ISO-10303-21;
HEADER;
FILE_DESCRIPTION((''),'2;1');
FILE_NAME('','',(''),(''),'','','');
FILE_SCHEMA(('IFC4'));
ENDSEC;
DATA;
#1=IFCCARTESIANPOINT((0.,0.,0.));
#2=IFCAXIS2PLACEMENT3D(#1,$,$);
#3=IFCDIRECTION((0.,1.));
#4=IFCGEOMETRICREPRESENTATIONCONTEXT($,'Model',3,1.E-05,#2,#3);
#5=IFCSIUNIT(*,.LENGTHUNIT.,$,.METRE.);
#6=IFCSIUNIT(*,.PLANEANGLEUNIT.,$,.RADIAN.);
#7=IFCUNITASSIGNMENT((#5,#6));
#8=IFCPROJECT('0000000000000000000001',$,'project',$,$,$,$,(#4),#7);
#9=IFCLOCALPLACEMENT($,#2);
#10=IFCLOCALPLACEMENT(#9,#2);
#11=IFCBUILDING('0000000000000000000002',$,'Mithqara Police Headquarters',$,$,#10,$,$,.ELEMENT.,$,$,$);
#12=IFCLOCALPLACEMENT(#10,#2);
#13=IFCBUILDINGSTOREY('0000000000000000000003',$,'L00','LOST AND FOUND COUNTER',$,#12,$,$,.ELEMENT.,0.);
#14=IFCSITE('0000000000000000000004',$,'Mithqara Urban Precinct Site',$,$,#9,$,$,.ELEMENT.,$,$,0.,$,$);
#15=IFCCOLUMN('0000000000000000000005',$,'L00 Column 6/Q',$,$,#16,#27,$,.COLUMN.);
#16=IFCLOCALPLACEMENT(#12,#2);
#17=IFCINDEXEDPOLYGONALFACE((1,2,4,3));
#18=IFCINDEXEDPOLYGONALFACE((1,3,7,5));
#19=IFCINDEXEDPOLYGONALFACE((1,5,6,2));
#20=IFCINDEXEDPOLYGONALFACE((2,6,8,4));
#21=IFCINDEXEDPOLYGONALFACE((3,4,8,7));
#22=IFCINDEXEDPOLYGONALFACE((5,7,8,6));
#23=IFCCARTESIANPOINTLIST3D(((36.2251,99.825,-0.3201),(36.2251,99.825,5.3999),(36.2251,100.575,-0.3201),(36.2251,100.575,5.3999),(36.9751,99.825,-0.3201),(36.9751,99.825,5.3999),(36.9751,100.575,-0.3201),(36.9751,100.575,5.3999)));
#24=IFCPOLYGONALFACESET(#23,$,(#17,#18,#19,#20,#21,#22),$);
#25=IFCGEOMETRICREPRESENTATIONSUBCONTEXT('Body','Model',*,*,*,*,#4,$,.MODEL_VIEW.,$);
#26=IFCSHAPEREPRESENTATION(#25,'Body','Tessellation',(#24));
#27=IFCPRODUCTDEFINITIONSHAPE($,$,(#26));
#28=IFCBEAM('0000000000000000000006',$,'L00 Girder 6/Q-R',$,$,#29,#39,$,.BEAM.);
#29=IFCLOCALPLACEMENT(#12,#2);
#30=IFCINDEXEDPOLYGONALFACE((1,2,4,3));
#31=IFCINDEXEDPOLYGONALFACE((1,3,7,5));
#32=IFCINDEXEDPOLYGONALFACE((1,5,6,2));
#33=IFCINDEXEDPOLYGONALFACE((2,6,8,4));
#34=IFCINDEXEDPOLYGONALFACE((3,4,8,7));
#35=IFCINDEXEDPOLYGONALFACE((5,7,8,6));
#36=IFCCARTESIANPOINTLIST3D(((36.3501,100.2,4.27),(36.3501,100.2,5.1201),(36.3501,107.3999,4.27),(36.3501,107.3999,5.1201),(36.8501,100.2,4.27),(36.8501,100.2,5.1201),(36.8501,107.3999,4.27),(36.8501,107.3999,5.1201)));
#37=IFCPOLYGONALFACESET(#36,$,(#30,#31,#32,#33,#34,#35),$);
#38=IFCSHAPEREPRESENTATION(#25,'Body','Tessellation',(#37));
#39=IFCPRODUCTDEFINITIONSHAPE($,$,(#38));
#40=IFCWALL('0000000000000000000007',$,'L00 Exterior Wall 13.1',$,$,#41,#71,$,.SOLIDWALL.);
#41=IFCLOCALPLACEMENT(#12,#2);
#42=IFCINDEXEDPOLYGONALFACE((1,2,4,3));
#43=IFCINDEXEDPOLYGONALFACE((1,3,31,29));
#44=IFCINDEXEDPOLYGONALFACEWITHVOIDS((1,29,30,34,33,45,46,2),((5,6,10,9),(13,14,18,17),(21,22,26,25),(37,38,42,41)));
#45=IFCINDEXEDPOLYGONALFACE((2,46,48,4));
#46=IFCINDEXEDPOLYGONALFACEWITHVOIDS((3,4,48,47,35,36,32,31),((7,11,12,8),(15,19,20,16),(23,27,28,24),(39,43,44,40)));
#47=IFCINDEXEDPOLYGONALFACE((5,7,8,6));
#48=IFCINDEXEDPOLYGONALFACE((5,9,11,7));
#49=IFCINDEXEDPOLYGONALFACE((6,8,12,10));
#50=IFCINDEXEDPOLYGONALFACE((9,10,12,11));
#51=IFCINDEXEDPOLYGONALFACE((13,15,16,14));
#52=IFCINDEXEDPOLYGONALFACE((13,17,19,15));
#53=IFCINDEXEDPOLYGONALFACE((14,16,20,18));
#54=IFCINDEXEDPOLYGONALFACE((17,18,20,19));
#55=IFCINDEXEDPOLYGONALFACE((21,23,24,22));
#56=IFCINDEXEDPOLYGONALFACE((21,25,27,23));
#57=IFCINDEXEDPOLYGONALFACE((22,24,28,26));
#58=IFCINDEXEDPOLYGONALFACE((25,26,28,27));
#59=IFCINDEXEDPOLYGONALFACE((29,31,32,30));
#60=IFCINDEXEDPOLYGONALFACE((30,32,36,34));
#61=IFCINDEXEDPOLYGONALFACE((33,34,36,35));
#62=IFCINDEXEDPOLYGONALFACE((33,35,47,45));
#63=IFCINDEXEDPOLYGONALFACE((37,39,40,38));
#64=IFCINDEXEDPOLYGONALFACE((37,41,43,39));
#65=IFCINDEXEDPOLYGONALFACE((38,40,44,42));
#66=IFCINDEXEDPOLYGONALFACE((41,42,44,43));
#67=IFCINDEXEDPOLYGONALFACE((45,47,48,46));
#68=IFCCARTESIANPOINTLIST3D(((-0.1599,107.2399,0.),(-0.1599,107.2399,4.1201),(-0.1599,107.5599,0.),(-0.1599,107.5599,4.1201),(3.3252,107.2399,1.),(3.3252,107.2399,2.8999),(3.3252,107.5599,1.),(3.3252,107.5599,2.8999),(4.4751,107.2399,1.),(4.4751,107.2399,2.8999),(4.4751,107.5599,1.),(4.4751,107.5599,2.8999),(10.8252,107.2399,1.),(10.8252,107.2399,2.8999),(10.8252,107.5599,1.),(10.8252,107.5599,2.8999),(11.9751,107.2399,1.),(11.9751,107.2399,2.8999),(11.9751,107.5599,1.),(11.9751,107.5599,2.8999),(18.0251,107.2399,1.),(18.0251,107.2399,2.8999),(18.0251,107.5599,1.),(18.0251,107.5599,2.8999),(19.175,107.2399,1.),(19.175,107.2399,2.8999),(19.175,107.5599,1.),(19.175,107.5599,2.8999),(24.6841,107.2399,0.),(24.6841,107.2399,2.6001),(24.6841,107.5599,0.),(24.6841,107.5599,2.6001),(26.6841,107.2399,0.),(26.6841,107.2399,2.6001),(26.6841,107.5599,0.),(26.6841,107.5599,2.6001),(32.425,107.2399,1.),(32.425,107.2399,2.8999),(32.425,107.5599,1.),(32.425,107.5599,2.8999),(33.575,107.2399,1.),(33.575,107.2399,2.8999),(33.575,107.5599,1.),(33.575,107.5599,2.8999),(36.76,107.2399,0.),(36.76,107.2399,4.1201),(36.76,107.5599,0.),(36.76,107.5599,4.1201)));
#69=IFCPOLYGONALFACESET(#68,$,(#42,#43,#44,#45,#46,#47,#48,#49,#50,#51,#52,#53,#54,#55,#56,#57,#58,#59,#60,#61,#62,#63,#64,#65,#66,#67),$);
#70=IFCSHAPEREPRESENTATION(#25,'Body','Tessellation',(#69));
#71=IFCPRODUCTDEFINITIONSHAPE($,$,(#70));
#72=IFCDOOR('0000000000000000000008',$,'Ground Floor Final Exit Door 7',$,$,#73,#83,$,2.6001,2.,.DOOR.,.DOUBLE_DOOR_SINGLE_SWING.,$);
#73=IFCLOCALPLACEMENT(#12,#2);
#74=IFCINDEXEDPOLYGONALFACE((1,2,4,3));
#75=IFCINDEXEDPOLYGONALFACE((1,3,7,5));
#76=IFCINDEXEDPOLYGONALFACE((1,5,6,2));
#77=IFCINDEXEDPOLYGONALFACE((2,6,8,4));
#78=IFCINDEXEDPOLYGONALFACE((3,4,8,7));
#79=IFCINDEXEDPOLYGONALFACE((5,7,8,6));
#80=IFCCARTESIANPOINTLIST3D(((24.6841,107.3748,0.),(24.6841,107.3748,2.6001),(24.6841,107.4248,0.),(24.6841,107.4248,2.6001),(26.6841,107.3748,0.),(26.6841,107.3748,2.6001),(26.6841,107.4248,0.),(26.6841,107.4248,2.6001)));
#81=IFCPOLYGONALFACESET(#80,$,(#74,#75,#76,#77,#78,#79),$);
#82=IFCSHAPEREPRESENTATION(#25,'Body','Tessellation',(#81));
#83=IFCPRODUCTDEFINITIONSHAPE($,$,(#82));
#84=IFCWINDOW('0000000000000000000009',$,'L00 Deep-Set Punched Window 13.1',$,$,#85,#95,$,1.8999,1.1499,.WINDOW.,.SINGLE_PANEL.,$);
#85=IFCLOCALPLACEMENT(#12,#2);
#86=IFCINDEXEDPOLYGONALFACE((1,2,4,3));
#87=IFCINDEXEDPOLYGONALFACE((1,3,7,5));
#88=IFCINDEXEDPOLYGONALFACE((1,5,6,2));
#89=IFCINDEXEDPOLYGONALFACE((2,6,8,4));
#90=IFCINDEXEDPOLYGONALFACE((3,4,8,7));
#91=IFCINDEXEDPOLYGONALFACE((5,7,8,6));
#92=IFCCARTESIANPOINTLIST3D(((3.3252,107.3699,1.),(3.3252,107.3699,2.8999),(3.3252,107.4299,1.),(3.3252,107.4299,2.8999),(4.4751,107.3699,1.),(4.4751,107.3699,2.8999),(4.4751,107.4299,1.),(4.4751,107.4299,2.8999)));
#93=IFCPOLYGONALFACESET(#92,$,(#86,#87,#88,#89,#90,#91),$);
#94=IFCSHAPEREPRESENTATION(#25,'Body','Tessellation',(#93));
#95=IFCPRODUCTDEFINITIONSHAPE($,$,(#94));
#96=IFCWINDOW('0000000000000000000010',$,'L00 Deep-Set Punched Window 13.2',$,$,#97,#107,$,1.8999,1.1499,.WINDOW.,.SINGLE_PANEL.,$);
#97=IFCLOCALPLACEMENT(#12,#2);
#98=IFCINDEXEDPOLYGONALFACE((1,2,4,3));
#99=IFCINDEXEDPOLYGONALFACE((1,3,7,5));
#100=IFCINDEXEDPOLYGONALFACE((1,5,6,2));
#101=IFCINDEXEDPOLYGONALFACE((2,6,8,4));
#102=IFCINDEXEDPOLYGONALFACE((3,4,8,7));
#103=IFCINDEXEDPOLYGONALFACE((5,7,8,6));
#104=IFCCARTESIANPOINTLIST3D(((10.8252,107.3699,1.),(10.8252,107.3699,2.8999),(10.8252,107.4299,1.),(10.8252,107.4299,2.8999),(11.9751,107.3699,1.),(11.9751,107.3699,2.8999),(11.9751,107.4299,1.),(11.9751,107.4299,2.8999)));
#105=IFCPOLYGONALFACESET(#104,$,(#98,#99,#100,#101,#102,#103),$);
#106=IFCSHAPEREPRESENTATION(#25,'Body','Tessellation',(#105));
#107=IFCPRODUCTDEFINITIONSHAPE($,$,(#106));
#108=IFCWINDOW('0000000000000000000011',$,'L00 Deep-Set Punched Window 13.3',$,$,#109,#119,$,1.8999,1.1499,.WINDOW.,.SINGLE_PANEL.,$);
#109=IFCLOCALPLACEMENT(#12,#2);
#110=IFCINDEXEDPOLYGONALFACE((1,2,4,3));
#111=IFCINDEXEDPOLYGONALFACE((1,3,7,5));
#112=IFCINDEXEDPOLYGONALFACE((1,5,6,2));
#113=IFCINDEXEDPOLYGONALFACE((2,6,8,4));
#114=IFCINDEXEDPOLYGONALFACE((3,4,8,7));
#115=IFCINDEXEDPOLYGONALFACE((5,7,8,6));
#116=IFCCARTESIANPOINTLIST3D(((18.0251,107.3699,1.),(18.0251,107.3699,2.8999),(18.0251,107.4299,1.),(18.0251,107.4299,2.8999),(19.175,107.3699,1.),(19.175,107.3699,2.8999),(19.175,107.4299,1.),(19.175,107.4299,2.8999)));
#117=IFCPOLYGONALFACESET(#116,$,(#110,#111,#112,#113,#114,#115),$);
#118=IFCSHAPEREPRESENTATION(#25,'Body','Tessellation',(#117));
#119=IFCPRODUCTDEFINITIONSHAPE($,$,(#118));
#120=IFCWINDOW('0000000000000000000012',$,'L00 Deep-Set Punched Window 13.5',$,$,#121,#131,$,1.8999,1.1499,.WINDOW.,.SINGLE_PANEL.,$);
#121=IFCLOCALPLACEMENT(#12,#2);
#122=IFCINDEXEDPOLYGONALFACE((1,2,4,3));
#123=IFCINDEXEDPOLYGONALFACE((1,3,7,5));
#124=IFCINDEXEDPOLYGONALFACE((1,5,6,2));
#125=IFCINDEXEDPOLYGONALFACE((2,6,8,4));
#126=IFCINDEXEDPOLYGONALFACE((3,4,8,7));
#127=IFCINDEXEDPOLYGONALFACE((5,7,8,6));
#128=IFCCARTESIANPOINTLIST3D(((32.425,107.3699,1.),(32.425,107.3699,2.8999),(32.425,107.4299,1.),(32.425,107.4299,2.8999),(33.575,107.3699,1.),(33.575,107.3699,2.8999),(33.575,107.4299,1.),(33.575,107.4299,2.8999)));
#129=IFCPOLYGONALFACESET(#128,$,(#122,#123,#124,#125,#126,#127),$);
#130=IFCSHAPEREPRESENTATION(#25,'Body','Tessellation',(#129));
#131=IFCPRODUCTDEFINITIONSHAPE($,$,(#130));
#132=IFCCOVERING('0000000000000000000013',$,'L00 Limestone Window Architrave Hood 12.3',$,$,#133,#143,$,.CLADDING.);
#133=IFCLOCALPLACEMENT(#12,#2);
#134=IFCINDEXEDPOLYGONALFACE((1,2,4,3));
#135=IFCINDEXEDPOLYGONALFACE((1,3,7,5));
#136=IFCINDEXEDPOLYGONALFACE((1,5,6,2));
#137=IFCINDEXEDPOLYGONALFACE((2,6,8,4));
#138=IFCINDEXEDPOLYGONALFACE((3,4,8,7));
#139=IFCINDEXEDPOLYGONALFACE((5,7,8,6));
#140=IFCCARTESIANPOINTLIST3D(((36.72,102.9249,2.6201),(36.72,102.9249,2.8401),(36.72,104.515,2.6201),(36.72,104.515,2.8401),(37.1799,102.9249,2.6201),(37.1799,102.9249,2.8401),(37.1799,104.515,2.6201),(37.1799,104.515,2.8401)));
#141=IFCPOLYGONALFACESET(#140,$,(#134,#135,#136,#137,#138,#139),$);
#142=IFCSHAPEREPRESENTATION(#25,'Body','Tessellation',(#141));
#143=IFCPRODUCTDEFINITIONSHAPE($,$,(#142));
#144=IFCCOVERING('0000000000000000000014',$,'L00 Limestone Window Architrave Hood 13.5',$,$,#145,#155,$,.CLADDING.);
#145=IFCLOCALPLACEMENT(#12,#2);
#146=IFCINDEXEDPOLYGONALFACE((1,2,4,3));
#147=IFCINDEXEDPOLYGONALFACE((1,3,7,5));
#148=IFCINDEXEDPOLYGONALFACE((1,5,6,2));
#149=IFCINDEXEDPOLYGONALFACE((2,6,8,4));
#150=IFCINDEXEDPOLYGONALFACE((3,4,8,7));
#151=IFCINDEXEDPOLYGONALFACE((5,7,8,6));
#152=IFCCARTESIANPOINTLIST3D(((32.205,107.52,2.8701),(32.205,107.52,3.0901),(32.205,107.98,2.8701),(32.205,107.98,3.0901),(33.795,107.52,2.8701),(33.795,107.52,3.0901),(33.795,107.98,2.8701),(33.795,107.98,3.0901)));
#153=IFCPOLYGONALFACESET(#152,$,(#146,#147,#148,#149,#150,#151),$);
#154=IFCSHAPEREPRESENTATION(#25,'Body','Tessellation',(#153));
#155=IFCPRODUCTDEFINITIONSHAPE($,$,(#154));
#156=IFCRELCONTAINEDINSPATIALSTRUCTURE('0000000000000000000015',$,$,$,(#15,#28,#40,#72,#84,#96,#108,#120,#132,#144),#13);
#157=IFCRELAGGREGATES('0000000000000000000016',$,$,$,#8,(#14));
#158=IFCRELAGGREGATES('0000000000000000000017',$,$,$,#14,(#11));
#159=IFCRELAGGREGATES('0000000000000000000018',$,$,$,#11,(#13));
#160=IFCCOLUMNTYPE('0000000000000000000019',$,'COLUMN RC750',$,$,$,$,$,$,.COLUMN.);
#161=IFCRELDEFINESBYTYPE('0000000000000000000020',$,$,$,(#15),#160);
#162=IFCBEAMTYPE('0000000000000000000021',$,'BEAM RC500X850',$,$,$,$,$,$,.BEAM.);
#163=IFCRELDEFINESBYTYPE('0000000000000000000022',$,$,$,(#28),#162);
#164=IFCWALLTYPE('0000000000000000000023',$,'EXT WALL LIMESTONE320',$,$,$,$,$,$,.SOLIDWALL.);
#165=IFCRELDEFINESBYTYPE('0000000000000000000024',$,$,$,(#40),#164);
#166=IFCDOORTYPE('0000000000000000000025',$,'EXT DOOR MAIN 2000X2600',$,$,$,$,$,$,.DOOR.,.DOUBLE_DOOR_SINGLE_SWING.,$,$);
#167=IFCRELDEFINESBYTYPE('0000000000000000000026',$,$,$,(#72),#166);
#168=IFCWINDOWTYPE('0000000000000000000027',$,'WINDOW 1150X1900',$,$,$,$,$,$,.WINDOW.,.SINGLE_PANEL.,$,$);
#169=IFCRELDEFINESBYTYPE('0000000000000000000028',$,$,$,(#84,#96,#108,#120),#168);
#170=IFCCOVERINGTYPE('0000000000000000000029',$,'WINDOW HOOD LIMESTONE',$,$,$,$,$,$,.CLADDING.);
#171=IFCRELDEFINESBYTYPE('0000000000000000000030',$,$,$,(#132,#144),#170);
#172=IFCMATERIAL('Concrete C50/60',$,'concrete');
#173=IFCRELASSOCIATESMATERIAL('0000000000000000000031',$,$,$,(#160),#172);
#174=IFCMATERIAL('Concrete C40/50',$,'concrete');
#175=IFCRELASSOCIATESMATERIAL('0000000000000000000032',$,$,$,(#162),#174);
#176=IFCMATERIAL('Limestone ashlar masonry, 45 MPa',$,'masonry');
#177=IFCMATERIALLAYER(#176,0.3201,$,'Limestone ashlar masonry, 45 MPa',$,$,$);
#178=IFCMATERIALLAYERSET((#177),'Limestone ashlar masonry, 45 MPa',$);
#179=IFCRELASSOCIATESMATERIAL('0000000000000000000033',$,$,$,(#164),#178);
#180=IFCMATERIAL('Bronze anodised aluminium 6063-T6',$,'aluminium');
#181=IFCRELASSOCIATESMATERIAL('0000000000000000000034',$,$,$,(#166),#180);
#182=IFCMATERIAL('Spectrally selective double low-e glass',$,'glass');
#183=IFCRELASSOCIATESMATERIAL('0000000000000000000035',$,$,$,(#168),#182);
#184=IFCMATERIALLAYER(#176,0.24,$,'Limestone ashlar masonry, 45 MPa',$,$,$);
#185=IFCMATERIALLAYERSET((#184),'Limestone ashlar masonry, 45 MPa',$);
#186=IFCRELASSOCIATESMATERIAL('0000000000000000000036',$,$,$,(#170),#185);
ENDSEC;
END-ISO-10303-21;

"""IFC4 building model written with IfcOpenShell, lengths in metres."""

from ifc_helpers import new_model, si_unit, direction, frame, frame_2d, origin, origin_2d, place, context, subcontext, project, spatial, rectangle, extrude, material, layer, layer_set, material_profile, profile_set, type_object, element, fill, save


model = new_model("IFC4")

# Units and contexts
model_context = context("Model", 3, precision=1e-05, world=origin(), true_north=direction((0.0, 1.0)))
body_context = subcontext(model_context, "Body", "Model", "MODEL_VIEW")
ifc_project = project(units=[si_unit("LENGTHUNIT", "METRE"), si_unit("PLANEANGLEUNIT", "RADIAN")], contexts=[model_context])

# Site, building, storey
site_placement = place(None, origin())
site = spatial("IfcSite", under=ifc_project, at=site_placement, Name="Mithqara Urban Precinct Site", CompositionType="ELEMENT", RefElevation=0.0)
building_placement = place(site_placement, origin())
building = spatial("IfcBuilding", under=site, at=building_placement, Name="Mithqara Police Headquarters", CompositionType="ELEMENT")
storey_placement = place(building_placement, origin())
storey = spatial("IfcBuildingStorey", under=building, at=storey_placement, Name="L00", Description="LOST AND FOUND COUNTER", CompositionType="ELEMENT", Elevation=0.0)

# Shared definitions
ifc_material_1 = material(Name="Concrete C40/50", Category="concrete")

# Column
ifc_material_2 = material(Name="Concrete C50/60", Category="concrete")
ifc_material_profile_1 = material_profile(ifc_material_2, rectangle(XDim=0.75, YDim=0.75, at=origin_2d()), Name="RC 750x750")
ifc_profile_set_1 = profile_set([ifc_material_profile_1], Name="Concrete C50/60")
column_type_1 = type_object("IfcColumnType", Name="COLUMN RC750", PredefinedType="COLUMN", material=ifc_profile_set_1)
column_1_placement = place(storey_placement, frame((36.6001, 100.2, -0.3201), z_axis=(0.0, 0.0, 1.0), x_axis=(1.0, 0.0, 0.0)))
element("IfcColumn", 1, at=column_1_placement, inside=storey, type_object=column_type_1, Name="L00 Column 6/Q", PredefinedType="COLUMN", context=body_context, shape_type="SweptSolid", body=[
    extrude(rectangle(XDim=0.75, YDim=0.75, at=origin_2d()), origin(), (0.0, 0.0, 1.0), 5.72),
])

# Beam
ifc_material_profile_2 = material_profile(ifc_material_1, rectangle(XDim=0.5, YDim=0.8501, at=origin_2d()), Name="RC 500x850")
ifc_profile_set_2 = profile_set([ifc_material_profile_2], Name="Concrete C40/50")
beam_type = type_object("IfcBeamType", Name="BEAM RC500X850", PredefinedType="BEAM", material=ifc_profile_set_2)
beam_placement = place(storey_placement, frame((36.6001, 100.2, 4.6951), z_axis=(0.0, 1.0, 0.0), x_axis=(-1.0, 0.0, 0.0)))
element("IfcBeam", 2, at=beam_placement, inside=storey, type_object=beam_type, Name="L00 Girder 6/Q-R", PredefinedType="BEAM", context=body_context, shape_type="SweptSolid", body=[
    extrude(rectangle(XDim=0.5, YDim=0.8501, at=origin_2d()), origin(), (0.0, 0.0, 1.0), 7.2),
])

# Wall, openings, door, windows
ifc_material_3 = material(Name="Limestone ashlar masonry, 45 MPa", Category="masonry")
ifc_layer_1 = layer(ifc_material_3, 0.3201, Name="Limestone ashlar masonry, 45 MPa")
ifc_layer_set_1 = layer_set([ifc_layer_1], Name="Limestone ashlar masonry, 45 MPa")
wall_type = type_object("IfcWallType", Name="EXT WALL LIMESTONE320", PredefinedType="SOLIDWALL", material=ifc_layer_set_1)
wall_placement = place(storey_placement, frame((36.76, 107.3999, 0.0), z_axis=(0.0, 0.0, 1.0), x_axis=(-1.0, 0.0, 0.0)))
wall = element("IfcWall", 3, at=wall_placement, inside=storey, type_object=wall_type, Name="L00 Exterior Wall 13.1", PredefinedType="SOLIDWALL", context=body_context, shape_type="SweptSolid", body=[
    extrude(rectangle(XDim=36.9199, YDim=0.3201, at=frame_2d((18.46, 0.0))), origin(), (0.0, 0.0, 1.0), 4.1201),
])
opening_1_placement = place(wall_placement, frame((10.0759, 0.0, 0.0)))
opening_1 = element("IfcOpeningElement", 4, at=opening_1_placement, cuts=wall, PredefinedType="OPENING", context=body_context, shape_type="SweptSolid", body=[
    extrude(rectangle(XDim=2.0, YDim=2.6001, at=frame_2d((1.0, 1.3))), frame((0.0, 0.1699, 0.0), z_axis=(0.0, -1.0, 0.0), x_axis=(1.0, 0.0, 0.0)), (0.0, 0.0, 1.0), 0.3401),
])
opening_2_placement = place(wall_placement, frame((32.2849, 0.0, 1.0)))
opening_2 = element("IfcOpeningElement", 5, at=opening_2_placement, cuts=wall, PredefinedType="OPENING", context=body_context, shape_type="SweptSolid", body=[
    extrude(rectangle(XDim=1.1499, YDim=1.8999, at=frame_2d((0.575, 0.95))), frame((0.0, 0.1699, 0.0), z_axis=(0.0, -1.0, 0.0), x_axis=(1.0, 0.0, 0.0)), (0.0, 0.0, 1.0), 0.3401),
])
opening_3_placement = place(wall_placement, frame((24.7849, 0.0, 1.0)))
opening_3 = element("IfcOpeningElement", 6, at=opening_3_placement, cuts=wall, PredefinedType="OPENING", context=body_context, shape_type="SweptSolid", body=[
    extrude(rectangle(XDim=1.1499, YDim=1.8999, at=frame_2d((0.575, 0.95))), frame((0.0, 0.1699, 0.0), z_axis=(0.0, -1.0, 0.0), x_axis=(1.0, 0.0, 0.0)), (0.0, 0.0, 1.0), 0.3401),
])
opening_4_placement = place(wall_placement, frame((17.585, 0.0, 1.0)))
opening_4 = element("IfcOpeningElement", 7, at=opening_4_placement, cuts=wall, PredefinedType="OPENING", context=body_context, shape_type="SweptSolid", body=[
    extrude(rectangle(XDim=1.1499, YDim=1.8999, at=frame_2d((0.575, 0.95))), frame((0.0, 0.1699, 0.0), z_axis=(0.0, -1.0, 0.0), x_axis=(1.0, 0.0, 0.0)), (0.0, 0.0, 1.0), 0.3401),
])
opening_5_placement = place(wall_placement, frame((3.1851, 0.0, 1.0)))
opening_5 = element("IfcOpeningElement", 8, at=opening_5_placement, cuts=wall, PredefinedType="OPENING", context=body_context, shape_type="SweptSolid", body=[
    extrude(rectangle(XDim=1.1499, YDim=1.8999, at=frame_2d((0.575, 0.95))), frame((0.0, 0.1699, 0.0), z_axis=(0.0, -1.0, 0.0), x_axis=(1.0, 0.0, 0.0)), (0.0, 0.0, 1.0), 0.3401),
])
ifc_material_4 = material(Name="Bronze anodised aluminium 6063-T6", Category="aluminium")
door_type = type_object("IfcDoorType", Name="EXT DOOR MAIN 2000X2600", OperationType="DOUBLE_DOOR_SINGLE_SWING", PredefinedType="DOOR", material=ifc_material_4)
door_placement = place(opening_1_placement, frame((2.0, 0.0, 0.0), z_axis=(0.0, 0.0, 1.0), x_axis=(-1.0, 0.0, 0.0)))
door = element("IfcDoor", 9, at=door_placement, inside=storey, type_object=door_type, Name="Ground Floor Final Exit Door 7", OperationType="DOUBLE_DOOR_SINGLE_SWING", OverallHeight=2.6001, OverallWidth=2.0, PredefinedType="DOOR", context=body_context, shape_type="SweptSolid", body=[
    extrude(rectangle(XDim=2.0, YDim=2.6001, at=frame_2d((1.0, 1.3))), frame((0.0, 0.0249, 0.0), z_axis=(0.0, -1.0, 0.0), x_axis=(1.0, 0.0, 0.0)), (0.0, 0.0, 1.0), 0.05),
])
fill(opening_1, door)
ifc_material_5 = material(Name="Spectrally selective double low-e glass", Category="glass")
window_type = type_object("IfcWindowType", Name="WINDOW 1150X1900", PartitioningType="SINGLE_PANEL", PredefinedType="WINDOW", material=ifc_material_5)
window_1_placement = place(opening_2_placement, origin())
window_1 = element("IfcWindow", 10, at=window_1_placement, inside=storey, type_object=window_type, Name="L00 Deep-Set Punched Window 13.1", OverallHeight=1.8999, OverallWidth=1.1499, PartitioningType="SINGLE_PANEL", PredefinedType="WINDOW", context=body_context, shape_type="SweptSolid", body=[
    extrude(rectangle(XDim=1.1499, YDim=1.8999, at=frame_2d((0.575, 0.95))), frame((0.0, 0.03, 0.0), z_axis=(0.0, -1.0, 0.0), x_axis=(1.0, 0.0, 0.0)), (0.0, 0.0, 1.0), 0.0601),
])
fill(opening_2, window_1)
window_2_placement = place(opening_3_placement, origin())
window_2 = element("IfcWindow", 11, at=window_2_placement, inside=storey, type_object=window_type, Name="L00 Deep-Set Punched Window 13.2", OverallHeight=1.8999, OverallWidth=1.1499, PartitioningType="SINGLE_PANEL", PredefinedType="WINDOW", context=body_context, shape_type="SweptSolid", body=[
    extrude(rectangle(XDim=1.1499, YDim=1.8999, at=frame_2d((0.575, 0.95))), frame((0.0, 0.03, 0.0), z_axis=(0.0, -1.0, 0.0), x_axis=(1.0, 0.0, 0.0)), (0.0, 0.0, 1.0), 0.0601),
])
fill(opening_3, window_2)
window_3_placement = place(opening_4_placement, origin())
window_3 = element("IfcWindow", 12, at=window_3_placement, inside=storey, type_object=window_type, Name="L00 Deep-Set Punched Window 13.3", OverallHeight=1.8999, OverallWidth=1.1499, PartitioningType="SINGLE_PANEL", PredefinedType="WINDOW", context=body_context, shape_type="SweptSolid", body=[
    extrude(rectangle(XDim=1.1499, YDim=1.8999, at=frame_2d((0.575, 0.95))), frame((0.0, 0.03, 0.0), z_axis=(0.0, -1.0, 0.0), x_axis=(1.0, 0.0, 0.0)), (0.0, 0.0, 1.0), 0.0601),
])
fill(opening_4, window_3)
window_4_placement = place(opening_5_placement, origin())
window_4 = element("IfcWindow", 13, at=window_4_placement, inside=storey, type_object=window_type, Name="L00 Deep-Set Punched Window 13.5", OverallHeight=1.8999, OverallWidth=1.1499, PartitioningType="SINGLE_PANEL", PredefinedType="WINDOW", context=body_context, shape_type="SweptSolid", body=[
    extrude(rectangle(XDim=1.1499, YDim=1.8999, at=frame_2d((0.575, 0.95))), frame((0.0, 0.03, 0.0), z_axis=(0.0, -1.0, 0.0), x_axis=(1.0, 0.0, 0.0)), (0.0, 0.0, 1.0), 0.0601),
])
fill(opening_5, window_4)

# Coverings
ifc_layer_2 = layer(ifc_material_3, 0.24, Name="Limestone ashlar masonry, 45 MPa")
ifc_layer_set_2 = layer_set([ifc_layer_2], Name="Limestone ashlar masonry, 45 MPa")
covering_type = type_object("IfcCoveringType", Name="WINDOW HOOD LIMESTONE", PredefinedType="CLADDING", material=ifc_layer_set_2)
for number, where, z_axis, x_axis, name in (
    (14, (36.95, 103.72, 2.6201), (0.0, 0.0, 1.0), (0.0, 1.0, 0.0), "L00 Limestone Window Architrave Hood 12.3"),
    (15, (33.0, 107.75, 2.8701), (0.0, 0.0, 1.0), (1.0, 0.0, 0.0), "L00 Limestone Window Architrave Hood 13.5"),
):
    element("IfcCovering", number, at=place(storey_placement, frame(where, z_axis=z_axis, x_axis=x_axis)), inside=storey, type_object=covering_type, Name=name, PredefinedType="CLADDING", context=body_context, shape_type="SweptSolid", body=[
        extrude(rectangle(XDim=1.5901, YDim=0.46, at=origin_2d()), origin(), (0.0, 0.0, 1.0), 0.22),
    ])

save(model, "model.ifc")
